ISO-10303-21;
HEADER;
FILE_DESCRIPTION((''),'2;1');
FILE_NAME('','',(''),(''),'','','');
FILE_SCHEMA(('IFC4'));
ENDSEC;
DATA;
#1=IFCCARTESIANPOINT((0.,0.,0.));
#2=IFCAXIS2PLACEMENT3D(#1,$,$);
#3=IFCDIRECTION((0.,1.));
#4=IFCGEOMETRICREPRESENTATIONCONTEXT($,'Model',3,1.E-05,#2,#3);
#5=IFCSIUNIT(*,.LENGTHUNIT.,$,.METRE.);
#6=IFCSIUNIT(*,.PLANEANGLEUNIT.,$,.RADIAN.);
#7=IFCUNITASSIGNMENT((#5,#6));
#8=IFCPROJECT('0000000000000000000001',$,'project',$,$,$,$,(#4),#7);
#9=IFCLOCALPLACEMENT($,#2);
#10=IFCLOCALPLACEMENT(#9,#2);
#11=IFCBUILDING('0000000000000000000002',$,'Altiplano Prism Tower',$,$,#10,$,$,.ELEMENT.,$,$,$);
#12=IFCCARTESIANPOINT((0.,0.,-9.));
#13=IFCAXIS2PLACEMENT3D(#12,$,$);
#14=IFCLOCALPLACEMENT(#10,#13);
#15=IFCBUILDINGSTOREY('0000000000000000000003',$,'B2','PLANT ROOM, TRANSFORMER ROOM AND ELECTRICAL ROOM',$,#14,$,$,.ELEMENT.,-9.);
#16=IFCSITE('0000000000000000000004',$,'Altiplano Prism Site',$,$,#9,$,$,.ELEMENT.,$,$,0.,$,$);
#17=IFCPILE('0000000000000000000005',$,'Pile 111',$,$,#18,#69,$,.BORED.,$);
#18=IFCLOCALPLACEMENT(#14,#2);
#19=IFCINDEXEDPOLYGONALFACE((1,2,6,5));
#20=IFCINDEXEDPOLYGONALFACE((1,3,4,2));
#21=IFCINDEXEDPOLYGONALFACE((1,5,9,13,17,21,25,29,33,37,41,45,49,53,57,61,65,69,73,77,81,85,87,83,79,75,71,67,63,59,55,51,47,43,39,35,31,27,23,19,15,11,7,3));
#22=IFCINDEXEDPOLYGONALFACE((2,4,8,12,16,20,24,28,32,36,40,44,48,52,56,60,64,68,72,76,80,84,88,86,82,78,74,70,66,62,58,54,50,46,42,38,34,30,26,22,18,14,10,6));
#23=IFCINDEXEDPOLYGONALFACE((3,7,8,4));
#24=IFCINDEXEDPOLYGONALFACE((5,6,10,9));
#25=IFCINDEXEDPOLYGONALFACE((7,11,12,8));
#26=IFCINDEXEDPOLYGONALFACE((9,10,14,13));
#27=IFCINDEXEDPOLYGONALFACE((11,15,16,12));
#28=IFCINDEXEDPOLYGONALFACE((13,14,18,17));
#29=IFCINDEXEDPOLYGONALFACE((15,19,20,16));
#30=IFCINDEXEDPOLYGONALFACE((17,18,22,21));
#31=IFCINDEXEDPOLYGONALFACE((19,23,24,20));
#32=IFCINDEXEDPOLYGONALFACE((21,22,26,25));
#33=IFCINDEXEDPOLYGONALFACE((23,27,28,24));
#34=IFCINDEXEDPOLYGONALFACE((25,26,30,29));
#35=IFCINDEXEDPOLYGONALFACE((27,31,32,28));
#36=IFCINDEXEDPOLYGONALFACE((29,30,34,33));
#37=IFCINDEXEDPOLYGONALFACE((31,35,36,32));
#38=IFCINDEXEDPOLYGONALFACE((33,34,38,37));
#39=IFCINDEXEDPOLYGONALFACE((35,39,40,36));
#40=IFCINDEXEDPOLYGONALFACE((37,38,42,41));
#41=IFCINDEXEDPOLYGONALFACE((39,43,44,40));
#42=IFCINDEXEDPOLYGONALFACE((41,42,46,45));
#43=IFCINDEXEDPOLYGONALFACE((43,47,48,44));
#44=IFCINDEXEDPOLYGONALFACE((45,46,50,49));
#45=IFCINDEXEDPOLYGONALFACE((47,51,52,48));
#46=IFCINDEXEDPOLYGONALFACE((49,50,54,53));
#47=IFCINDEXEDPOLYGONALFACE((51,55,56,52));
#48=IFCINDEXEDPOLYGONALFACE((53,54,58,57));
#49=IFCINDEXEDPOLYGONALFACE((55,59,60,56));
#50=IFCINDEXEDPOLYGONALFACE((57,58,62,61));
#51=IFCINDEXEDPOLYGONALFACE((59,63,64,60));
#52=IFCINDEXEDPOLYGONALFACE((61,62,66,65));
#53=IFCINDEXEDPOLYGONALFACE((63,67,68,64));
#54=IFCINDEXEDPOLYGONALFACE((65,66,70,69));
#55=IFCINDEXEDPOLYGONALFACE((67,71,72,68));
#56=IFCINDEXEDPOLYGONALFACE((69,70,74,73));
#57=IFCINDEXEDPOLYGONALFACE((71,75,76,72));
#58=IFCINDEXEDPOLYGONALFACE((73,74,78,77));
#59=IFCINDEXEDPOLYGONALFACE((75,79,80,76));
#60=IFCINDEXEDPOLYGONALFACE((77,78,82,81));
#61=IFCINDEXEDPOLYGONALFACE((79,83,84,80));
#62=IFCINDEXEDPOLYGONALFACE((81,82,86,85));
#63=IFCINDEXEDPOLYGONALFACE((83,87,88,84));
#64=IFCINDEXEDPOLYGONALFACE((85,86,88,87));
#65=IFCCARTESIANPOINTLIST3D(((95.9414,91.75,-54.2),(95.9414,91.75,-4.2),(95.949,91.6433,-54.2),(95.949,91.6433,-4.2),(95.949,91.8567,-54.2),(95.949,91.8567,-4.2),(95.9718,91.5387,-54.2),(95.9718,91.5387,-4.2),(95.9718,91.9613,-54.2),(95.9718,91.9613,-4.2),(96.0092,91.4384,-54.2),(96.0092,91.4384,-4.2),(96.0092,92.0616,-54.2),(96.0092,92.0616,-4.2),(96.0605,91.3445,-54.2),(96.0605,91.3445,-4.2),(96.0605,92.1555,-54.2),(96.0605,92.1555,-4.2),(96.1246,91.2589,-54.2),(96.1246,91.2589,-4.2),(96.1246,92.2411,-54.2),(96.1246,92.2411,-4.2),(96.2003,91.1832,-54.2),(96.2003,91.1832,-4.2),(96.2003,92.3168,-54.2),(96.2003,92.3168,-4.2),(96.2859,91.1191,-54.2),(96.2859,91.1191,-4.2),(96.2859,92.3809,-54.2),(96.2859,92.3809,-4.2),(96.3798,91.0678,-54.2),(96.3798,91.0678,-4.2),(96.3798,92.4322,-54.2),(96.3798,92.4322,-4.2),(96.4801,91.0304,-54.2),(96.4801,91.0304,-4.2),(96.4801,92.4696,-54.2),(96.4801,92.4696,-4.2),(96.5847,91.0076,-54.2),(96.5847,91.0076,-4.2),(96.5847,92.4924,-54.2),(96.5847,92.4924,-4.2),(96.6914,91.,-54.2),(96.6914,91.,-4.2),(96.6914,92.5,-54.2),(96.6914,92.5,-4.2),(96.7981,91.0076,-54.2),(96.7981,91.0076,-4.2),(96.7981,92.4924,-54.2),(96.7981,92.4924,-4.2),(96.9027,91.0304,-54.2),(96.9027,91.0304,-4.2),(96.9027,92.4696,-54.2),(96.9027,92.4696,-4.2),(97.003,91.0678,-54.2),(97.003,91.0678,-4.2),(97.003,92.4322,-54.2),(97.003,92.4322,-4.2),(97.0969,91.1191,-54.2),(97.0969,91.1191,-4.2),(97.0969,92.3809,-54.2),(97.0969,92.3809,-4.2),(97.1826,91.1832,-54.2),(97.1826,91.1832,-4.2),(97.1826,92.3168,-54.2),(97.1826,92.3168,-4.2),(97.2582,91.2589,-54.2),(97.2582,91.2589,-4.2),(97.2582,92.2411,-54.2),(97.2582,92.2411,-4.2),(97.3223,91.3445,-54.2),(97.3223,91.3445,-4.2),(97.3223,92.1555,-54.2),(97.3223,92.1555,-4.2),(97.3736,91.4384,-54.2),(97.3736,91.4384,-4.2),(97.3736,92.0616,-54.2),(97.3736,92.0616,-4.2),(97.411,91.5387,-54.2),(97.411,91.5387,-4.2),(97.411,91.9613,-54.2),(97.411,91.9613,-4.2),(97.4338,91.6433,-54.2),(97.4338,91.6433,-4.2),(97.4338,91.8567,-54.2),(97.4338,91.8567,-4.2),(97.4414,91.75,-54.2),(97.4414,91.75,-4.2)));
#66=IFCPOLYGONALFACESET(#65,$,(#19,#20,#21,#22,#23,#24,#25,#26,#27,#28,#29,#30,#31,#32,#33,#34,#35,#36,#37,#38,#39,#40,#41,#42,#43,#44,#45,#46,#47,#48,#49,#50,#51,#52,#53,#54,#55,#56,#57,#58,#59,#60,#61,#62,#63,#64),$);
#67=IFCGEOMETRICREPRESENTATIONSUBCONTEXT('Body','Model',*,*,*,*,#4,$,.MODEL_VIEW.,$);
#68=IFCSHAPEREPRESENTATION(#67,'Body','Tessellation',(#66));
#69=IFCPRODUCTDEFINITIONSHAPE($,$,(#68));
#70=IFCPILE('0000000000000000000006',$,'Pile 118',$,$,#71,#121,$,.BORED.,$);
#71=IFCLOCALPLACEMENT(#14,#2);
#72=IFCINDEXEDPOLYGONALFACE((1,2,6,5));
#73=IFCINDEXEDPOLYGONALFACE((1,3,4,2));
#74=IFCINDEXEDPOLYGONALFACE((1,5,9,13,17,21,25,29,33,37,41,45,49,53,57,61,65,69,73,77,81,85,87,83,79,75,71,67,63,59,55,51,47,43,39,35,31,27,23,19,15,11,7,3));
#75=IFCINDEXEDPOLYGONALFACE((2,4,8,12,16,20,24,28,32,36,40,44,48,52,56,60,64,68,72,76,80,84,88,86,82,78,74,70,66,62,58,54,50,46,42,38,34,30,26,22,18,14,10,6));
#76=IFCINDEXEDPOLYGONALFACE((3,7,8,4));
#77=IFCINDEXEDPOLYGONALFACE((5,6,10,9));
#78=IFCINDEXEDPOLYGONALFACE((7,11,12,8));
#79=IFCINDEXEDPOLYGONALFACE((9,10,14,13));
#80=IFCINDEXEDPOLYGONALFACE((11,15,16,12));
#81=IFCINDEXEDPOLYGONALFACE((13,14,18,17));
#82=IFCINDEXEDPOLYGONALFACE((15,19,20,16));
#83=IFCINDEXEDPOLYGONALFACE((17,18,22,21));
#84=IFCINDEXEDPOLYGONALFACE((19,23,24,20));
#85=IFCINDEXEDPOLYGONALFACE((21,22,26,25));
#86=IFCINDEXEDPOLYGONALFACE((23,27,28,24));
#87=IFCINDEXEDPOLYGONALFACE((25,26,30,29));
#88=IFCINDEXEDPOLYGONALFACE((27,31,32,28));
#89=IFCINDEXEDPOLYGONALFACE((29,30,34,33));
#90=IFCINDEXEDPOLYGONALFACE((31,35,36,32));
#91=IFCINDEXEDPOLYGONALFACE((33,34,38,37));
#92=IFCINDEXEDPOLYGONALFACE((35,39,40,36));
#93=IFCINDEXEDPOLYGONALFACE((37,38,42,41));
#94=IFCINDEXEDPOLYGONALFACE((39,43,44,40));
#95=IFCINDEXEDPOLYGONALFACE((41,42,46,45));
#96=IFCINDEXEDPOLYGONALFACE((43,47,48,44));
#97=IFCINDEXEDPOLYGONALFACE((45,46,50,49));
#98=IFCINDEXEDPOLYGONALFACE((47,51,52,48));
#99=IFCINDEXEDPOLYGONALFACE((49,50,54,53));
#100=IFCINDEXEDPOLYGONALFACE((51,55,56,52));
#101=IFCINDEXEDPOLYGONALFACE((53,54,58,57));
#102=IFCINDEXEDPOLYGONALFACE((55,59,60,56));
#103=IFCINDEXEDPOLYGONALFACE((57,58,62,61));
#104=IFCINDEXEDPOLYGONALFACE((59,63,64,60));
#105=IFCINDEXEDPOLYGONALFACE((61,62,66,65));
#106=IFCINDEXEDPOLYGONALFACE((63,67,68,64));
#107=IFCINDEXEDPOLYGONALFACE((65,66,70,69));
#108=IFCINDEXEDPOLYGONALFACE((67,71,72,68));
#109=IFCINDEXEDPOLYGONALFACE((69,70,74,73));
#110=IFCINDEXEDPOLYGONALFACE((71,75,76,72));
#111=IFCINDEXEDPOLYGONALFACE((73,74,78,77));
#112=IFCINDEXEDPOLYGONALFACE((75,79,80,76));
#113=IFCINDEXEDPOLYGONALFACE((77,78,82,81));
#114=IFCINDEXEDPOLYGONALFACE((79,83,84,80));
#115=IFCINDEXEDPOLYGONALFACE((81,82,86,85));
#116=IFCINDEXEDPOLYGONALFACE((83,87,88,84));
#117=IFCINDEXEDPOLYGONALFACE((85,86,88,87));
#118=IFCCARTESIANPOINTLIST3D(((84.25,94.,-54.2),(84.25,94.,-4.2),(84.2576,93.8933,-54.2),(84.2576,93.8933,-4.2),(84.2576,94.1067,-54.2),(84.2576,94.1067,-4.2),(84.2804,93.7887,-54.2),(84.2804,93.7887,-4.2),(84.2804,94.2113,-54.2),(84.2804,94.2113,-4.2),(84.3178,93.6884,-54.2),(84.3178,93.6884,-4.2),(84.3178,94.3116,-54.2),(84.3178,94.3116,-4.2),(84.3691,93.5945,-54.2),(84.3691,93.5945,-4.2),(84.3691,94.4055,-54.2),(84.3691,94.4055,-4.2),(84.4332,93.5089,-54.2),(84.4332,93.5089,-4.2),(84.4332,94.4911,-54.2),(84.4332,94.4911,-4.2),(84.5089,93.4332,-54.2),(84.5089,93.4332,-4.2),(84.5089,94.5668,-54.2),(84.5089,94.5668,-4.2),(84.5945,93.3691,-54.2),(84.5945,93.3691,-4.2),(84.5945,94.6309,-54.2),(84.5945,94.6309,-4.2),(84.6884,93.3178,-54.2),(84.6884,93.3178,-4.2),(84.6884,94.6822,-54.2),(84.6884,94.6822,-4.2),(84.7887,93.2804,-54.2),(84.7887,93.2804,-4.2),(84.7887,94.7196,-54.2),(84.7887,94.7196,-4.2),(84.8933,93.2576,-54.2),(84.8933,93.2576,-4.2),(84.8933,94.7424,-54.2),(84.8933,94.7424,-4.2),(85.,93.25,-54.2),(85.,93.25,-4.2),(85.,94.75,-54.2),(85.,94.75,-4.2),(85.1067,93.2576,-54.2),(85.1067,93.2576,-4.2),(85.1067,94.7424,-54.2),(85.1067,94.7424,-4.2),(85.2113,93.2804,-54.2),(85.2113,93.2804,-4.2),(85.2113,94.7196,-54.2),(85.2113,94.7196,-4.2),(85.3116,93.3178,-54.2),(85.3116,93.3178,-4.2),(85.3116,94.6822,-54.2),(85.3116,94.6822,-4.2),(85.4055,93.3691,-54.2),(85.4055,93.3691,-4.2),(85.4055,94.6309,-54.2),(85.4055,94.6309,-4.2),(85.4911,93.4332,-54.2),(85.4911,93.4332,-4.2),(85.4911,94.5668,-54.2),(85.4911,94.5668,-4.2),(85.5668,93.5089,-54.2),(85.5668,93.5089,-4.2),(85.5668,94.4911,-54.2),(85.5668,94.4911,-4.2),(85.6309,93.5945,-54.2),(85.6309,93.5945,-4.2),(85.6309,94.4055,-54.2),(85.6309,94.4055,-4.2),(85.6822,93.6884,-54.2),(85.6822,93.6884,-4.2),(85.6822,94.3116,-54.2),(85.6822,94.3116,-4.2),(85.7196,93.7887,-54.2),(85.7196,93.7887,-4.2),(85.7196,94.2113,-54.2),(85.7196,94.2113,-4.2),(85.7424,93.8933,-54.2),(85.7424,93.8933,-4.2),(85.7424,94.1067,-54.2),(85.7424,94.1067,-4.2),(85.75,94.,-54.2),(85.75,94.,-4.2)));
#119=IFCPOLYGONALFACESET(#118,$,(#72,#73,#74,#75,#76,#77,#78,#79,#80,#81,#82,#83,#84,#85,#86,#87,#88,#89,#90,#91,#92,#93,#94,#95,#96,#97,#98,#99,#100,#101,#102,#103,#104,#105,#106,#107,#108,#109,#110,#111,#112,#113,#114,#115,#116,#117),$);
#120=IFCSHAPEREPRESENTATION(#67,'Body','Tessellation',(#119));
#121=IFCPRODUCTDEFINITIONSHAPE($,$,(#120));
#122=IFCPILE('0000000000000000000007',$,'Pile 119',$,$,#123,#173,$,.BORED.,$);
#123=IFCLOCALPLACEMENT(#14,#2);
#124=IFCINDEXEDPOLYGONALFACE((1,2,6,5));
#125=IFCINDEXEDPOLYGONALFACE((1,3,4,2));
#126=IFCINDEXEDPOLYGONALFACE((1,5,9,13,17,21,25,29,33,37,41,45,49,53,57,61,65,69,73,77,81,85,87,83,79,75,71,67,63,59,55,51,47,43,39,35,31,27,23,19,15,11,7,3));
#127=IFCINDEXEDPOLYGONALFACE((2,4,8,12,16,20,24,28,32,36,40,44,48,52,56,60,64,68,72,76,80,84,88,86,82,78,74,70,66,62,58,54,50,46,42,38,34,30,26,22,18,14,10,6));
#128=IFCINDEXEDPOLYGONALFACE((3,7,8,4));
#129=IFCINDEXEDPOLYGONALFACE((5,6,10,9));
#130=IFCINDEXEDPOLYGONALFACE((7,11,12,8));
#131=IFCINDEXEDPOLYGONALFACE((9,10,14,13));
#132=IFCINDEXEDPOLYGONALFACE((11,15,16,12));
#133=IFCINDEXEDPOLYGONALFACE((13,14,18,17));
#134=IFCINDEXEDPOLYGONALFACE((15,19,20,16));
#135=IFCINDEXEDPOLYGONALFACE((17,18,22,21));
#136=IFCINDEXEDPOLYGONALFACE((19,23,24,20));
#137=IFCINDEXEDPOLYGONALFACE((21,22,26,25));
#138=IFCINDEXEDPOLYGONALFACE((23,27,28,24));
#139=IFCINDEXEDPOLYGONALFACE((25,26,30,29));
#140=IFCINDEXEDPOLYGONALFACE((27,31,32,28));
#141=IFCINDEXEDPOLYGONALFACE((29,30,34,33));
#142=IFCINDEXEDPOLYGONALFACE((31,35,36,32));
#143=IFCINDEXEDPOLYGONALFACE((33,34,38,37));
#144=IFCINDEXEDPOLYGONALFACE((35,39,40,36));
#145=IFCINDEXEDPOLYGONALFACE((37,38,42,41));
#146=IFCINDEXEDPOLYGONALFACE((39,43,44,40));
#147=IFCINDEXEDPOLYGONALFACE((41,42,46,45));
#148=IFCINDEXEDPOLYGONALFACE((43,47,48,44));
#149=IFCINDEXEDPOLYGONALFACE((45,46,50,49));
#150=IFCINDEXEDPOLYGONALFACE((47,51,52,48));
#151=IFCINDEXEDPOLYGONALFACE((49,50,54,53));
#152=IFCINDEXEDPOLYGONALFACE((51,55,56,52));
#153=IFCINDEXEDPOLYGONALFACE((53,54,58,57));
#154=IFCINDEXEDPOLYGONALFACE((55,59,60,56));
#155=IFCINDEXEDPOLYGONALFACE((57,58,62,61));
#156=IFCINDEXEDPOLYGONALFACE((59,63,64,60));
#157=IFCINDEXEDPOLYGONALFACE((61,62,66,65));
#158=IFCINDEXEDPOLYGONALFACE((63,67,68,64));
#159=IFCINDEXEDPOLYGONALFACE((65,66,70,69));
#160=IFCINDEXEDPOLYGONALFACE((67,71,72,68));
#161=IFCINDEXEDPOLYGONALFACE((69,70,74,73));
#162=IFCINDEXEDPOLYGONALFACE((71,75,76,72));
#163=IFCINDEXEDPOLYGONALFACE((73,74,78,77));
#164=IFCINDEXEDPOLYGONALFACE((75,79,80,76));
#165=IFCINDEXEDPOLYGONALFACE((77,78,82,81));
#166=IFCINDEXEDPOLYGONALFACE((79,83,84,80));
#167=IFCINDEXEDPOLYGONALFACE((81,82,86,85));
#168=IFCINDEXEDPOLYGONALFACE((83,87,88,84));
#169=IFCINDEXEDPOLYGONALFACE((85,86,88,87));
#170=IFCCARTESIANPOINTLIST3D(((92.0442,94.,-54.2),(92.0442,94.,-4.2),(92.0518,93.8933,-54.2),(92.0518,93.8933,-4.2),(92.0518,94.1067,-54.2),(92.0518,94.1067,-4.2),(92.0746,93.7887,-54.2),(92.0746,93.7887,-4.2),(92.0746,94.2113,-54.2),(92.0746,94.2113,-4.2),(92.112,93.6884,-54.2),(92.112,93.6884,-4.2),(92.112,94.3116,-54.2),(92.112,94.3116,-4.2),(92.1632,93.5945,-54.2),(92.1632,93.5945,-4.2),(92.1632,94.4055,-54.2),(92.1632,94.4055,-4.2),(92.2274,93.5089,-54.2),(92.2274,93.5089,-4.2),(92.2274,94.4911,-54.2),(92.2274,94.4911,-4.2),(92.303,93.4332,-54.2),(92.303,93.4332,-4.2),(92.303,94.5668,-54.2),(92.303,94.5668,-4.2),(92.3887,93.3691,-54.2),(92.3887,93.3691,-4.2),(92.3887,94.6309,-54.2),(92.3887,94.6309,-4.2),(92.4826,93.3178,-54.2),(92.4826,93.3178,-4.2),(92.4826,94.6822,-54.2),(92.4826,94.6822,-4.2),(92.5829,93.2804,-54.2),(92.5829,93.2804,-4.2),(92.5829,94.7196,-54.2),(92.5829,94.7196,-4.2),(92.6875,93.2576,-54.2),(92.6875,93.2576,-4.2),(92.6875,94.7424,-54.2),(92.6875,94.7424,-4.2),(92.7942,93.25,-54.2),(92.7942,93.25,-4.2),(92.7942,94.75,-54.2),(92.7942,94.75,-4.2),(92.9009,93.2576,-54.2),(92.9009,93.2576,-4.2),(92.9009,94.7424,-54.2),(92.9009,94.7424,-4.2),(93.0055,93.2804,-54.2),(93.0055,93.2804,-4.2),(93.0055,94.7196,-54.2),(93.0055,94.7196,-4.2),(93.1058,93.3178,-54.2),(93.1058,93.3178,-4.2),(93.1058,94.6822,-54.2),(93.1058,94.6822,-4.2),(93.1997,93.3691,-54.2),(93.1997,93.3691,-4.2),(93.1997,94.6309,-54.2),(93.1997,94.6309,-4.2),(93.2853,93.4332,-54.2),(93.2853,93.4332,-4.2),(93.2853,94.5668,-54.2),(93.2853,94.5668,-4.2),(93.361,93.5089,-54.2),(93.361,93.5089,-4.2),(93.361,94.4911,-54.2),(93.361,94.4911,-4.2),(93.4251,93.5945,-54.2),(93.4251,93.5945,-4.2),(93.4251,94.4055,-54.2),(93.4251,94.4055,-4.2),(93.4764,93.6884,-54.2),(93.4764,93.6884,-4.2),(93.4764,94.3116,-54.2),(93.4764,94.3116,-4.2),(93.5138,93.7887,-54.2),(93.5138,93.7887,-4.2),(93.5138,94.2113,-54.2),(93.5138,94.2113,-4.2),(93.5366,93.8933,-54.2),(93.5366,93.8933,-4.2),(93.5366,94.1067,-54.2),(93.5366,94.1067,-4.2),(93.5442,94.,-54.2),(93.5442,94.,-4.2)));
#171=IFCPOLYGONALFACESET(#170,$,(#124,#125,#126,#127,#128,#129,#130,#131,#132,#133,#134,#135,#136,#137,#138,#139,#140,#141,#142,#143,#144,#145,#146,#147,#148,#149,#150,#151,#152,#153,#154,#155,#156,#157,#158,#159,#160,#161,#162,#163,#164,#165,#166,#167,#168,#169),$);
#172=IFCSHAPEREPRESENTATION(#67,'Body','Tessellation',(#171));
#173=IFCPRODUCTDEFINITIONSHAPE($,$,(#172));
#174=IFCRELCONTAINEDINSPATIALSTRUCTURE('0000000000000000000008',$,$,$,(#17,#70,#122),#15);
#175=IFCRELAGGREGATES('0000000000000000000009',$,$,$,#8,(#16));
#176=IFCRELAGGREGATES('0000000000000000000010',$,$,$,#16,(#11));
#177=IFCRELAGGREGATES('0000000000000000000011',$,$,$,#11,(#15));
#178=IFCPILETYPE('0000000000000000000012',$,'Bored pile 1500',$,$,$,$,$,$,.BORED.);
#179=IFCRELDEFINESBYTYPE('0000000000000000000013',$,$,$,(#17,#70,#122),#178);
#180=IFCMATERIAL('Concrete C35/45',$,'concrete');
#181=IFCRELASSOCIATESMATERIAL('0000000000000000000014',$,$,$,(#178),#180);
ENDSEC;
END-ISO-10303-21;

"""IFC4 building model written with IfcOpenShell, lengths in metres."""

from ifc_helpers import new_model, si_unit, direction, frame, origin, origin_2d, place, context, subcontext, project, spatial, circle, extrude, material, material_profile, profile_set, type_object, element, save


model = new_model("IFC4")

# Units and contexts
model_context = context("Model", 3, precision=1e-05, world=origin(), true_north=direction((0.0, 1.0)))
body_context = subcontext(model_context, "Body", "Model", "MODEL_VIEW")
ifc_project = project(units=[si_unit("LENGTHUNIT", "METRE"), si_unit("PLANEANGLEUNIT", "RADIAN")], contexts=[model_context])

# Site, building, storey
site_placement = place(None, origin())
site = spatial("IfcSite", under=ifc_project, at=site_placement, Name="Altiplano Prism Site", CompositionType="ELEMENT", RefElevation=0.0)
building_placement = place(site_placement, origin())
building = spatial("IfcBuilding", under=site, at=building_placement, Name="Altiplano Prism Tower", CompositionType="ELEMENT")
storey_placement = place(building_placement, frame((0.0, 0.0, -9.0)))
storey = spatial("IfcBuildingStorey", under=building, at=storey_placement, Name="B2", Description="PLANT ROOM, TRANSFORMER ROOM AND ELECTRICAL ROOM", CompositionType="ELEMENT", Elevation=-9.0)

# Piles
ifc_material_1 = material(Name="Concrete C35/45", Category="concrete")
ifc_material_profile = material_profile(ifc_material_1, circle(Radius=0.75, at=origin_2d()), Name="Bored pile 1500")
ifc_profile_set = profile_set([ifc_material_profile], Name="Concrete C35/45")
pile_type = type_object("IfcPileType", Name="Bored pile 1500", PredefinedType="BORED", material=ifc_profile_set)
for number, where, z_axis, x_axis, name in (
    (1, (96.6914, 91.75, -4.2), (0.0, 0.0, -1.0), (1.0, 0.0, 0.0), "Pile 111"),
    (2, (85.0, 94.0, -4.2), (0.0, 0.0, -1.0), (1.0, 0.0, 0.0), "Pile 118"),
    (3, (92.7942, 94.0, -4.2), (0.0, 0.0, -1.0), (1.0, 0.0, 0.0), "Pile 119"),
):
    element("IfcPile", number, at=place(storey_placement, frame(where, z_axis=z_axis, x_axis=x_axis)), inside=storey, type_object=pile_type, Name=name, PredefinedType="BORED", context=body_context, shape_type="SweptSolid", body=[
        extrude(circle(Radius=0.75, at=origin_2d()), origin(), (0.0, 0.0, 1.0), 50.0),
    ])

save(model, "model.ifc")
